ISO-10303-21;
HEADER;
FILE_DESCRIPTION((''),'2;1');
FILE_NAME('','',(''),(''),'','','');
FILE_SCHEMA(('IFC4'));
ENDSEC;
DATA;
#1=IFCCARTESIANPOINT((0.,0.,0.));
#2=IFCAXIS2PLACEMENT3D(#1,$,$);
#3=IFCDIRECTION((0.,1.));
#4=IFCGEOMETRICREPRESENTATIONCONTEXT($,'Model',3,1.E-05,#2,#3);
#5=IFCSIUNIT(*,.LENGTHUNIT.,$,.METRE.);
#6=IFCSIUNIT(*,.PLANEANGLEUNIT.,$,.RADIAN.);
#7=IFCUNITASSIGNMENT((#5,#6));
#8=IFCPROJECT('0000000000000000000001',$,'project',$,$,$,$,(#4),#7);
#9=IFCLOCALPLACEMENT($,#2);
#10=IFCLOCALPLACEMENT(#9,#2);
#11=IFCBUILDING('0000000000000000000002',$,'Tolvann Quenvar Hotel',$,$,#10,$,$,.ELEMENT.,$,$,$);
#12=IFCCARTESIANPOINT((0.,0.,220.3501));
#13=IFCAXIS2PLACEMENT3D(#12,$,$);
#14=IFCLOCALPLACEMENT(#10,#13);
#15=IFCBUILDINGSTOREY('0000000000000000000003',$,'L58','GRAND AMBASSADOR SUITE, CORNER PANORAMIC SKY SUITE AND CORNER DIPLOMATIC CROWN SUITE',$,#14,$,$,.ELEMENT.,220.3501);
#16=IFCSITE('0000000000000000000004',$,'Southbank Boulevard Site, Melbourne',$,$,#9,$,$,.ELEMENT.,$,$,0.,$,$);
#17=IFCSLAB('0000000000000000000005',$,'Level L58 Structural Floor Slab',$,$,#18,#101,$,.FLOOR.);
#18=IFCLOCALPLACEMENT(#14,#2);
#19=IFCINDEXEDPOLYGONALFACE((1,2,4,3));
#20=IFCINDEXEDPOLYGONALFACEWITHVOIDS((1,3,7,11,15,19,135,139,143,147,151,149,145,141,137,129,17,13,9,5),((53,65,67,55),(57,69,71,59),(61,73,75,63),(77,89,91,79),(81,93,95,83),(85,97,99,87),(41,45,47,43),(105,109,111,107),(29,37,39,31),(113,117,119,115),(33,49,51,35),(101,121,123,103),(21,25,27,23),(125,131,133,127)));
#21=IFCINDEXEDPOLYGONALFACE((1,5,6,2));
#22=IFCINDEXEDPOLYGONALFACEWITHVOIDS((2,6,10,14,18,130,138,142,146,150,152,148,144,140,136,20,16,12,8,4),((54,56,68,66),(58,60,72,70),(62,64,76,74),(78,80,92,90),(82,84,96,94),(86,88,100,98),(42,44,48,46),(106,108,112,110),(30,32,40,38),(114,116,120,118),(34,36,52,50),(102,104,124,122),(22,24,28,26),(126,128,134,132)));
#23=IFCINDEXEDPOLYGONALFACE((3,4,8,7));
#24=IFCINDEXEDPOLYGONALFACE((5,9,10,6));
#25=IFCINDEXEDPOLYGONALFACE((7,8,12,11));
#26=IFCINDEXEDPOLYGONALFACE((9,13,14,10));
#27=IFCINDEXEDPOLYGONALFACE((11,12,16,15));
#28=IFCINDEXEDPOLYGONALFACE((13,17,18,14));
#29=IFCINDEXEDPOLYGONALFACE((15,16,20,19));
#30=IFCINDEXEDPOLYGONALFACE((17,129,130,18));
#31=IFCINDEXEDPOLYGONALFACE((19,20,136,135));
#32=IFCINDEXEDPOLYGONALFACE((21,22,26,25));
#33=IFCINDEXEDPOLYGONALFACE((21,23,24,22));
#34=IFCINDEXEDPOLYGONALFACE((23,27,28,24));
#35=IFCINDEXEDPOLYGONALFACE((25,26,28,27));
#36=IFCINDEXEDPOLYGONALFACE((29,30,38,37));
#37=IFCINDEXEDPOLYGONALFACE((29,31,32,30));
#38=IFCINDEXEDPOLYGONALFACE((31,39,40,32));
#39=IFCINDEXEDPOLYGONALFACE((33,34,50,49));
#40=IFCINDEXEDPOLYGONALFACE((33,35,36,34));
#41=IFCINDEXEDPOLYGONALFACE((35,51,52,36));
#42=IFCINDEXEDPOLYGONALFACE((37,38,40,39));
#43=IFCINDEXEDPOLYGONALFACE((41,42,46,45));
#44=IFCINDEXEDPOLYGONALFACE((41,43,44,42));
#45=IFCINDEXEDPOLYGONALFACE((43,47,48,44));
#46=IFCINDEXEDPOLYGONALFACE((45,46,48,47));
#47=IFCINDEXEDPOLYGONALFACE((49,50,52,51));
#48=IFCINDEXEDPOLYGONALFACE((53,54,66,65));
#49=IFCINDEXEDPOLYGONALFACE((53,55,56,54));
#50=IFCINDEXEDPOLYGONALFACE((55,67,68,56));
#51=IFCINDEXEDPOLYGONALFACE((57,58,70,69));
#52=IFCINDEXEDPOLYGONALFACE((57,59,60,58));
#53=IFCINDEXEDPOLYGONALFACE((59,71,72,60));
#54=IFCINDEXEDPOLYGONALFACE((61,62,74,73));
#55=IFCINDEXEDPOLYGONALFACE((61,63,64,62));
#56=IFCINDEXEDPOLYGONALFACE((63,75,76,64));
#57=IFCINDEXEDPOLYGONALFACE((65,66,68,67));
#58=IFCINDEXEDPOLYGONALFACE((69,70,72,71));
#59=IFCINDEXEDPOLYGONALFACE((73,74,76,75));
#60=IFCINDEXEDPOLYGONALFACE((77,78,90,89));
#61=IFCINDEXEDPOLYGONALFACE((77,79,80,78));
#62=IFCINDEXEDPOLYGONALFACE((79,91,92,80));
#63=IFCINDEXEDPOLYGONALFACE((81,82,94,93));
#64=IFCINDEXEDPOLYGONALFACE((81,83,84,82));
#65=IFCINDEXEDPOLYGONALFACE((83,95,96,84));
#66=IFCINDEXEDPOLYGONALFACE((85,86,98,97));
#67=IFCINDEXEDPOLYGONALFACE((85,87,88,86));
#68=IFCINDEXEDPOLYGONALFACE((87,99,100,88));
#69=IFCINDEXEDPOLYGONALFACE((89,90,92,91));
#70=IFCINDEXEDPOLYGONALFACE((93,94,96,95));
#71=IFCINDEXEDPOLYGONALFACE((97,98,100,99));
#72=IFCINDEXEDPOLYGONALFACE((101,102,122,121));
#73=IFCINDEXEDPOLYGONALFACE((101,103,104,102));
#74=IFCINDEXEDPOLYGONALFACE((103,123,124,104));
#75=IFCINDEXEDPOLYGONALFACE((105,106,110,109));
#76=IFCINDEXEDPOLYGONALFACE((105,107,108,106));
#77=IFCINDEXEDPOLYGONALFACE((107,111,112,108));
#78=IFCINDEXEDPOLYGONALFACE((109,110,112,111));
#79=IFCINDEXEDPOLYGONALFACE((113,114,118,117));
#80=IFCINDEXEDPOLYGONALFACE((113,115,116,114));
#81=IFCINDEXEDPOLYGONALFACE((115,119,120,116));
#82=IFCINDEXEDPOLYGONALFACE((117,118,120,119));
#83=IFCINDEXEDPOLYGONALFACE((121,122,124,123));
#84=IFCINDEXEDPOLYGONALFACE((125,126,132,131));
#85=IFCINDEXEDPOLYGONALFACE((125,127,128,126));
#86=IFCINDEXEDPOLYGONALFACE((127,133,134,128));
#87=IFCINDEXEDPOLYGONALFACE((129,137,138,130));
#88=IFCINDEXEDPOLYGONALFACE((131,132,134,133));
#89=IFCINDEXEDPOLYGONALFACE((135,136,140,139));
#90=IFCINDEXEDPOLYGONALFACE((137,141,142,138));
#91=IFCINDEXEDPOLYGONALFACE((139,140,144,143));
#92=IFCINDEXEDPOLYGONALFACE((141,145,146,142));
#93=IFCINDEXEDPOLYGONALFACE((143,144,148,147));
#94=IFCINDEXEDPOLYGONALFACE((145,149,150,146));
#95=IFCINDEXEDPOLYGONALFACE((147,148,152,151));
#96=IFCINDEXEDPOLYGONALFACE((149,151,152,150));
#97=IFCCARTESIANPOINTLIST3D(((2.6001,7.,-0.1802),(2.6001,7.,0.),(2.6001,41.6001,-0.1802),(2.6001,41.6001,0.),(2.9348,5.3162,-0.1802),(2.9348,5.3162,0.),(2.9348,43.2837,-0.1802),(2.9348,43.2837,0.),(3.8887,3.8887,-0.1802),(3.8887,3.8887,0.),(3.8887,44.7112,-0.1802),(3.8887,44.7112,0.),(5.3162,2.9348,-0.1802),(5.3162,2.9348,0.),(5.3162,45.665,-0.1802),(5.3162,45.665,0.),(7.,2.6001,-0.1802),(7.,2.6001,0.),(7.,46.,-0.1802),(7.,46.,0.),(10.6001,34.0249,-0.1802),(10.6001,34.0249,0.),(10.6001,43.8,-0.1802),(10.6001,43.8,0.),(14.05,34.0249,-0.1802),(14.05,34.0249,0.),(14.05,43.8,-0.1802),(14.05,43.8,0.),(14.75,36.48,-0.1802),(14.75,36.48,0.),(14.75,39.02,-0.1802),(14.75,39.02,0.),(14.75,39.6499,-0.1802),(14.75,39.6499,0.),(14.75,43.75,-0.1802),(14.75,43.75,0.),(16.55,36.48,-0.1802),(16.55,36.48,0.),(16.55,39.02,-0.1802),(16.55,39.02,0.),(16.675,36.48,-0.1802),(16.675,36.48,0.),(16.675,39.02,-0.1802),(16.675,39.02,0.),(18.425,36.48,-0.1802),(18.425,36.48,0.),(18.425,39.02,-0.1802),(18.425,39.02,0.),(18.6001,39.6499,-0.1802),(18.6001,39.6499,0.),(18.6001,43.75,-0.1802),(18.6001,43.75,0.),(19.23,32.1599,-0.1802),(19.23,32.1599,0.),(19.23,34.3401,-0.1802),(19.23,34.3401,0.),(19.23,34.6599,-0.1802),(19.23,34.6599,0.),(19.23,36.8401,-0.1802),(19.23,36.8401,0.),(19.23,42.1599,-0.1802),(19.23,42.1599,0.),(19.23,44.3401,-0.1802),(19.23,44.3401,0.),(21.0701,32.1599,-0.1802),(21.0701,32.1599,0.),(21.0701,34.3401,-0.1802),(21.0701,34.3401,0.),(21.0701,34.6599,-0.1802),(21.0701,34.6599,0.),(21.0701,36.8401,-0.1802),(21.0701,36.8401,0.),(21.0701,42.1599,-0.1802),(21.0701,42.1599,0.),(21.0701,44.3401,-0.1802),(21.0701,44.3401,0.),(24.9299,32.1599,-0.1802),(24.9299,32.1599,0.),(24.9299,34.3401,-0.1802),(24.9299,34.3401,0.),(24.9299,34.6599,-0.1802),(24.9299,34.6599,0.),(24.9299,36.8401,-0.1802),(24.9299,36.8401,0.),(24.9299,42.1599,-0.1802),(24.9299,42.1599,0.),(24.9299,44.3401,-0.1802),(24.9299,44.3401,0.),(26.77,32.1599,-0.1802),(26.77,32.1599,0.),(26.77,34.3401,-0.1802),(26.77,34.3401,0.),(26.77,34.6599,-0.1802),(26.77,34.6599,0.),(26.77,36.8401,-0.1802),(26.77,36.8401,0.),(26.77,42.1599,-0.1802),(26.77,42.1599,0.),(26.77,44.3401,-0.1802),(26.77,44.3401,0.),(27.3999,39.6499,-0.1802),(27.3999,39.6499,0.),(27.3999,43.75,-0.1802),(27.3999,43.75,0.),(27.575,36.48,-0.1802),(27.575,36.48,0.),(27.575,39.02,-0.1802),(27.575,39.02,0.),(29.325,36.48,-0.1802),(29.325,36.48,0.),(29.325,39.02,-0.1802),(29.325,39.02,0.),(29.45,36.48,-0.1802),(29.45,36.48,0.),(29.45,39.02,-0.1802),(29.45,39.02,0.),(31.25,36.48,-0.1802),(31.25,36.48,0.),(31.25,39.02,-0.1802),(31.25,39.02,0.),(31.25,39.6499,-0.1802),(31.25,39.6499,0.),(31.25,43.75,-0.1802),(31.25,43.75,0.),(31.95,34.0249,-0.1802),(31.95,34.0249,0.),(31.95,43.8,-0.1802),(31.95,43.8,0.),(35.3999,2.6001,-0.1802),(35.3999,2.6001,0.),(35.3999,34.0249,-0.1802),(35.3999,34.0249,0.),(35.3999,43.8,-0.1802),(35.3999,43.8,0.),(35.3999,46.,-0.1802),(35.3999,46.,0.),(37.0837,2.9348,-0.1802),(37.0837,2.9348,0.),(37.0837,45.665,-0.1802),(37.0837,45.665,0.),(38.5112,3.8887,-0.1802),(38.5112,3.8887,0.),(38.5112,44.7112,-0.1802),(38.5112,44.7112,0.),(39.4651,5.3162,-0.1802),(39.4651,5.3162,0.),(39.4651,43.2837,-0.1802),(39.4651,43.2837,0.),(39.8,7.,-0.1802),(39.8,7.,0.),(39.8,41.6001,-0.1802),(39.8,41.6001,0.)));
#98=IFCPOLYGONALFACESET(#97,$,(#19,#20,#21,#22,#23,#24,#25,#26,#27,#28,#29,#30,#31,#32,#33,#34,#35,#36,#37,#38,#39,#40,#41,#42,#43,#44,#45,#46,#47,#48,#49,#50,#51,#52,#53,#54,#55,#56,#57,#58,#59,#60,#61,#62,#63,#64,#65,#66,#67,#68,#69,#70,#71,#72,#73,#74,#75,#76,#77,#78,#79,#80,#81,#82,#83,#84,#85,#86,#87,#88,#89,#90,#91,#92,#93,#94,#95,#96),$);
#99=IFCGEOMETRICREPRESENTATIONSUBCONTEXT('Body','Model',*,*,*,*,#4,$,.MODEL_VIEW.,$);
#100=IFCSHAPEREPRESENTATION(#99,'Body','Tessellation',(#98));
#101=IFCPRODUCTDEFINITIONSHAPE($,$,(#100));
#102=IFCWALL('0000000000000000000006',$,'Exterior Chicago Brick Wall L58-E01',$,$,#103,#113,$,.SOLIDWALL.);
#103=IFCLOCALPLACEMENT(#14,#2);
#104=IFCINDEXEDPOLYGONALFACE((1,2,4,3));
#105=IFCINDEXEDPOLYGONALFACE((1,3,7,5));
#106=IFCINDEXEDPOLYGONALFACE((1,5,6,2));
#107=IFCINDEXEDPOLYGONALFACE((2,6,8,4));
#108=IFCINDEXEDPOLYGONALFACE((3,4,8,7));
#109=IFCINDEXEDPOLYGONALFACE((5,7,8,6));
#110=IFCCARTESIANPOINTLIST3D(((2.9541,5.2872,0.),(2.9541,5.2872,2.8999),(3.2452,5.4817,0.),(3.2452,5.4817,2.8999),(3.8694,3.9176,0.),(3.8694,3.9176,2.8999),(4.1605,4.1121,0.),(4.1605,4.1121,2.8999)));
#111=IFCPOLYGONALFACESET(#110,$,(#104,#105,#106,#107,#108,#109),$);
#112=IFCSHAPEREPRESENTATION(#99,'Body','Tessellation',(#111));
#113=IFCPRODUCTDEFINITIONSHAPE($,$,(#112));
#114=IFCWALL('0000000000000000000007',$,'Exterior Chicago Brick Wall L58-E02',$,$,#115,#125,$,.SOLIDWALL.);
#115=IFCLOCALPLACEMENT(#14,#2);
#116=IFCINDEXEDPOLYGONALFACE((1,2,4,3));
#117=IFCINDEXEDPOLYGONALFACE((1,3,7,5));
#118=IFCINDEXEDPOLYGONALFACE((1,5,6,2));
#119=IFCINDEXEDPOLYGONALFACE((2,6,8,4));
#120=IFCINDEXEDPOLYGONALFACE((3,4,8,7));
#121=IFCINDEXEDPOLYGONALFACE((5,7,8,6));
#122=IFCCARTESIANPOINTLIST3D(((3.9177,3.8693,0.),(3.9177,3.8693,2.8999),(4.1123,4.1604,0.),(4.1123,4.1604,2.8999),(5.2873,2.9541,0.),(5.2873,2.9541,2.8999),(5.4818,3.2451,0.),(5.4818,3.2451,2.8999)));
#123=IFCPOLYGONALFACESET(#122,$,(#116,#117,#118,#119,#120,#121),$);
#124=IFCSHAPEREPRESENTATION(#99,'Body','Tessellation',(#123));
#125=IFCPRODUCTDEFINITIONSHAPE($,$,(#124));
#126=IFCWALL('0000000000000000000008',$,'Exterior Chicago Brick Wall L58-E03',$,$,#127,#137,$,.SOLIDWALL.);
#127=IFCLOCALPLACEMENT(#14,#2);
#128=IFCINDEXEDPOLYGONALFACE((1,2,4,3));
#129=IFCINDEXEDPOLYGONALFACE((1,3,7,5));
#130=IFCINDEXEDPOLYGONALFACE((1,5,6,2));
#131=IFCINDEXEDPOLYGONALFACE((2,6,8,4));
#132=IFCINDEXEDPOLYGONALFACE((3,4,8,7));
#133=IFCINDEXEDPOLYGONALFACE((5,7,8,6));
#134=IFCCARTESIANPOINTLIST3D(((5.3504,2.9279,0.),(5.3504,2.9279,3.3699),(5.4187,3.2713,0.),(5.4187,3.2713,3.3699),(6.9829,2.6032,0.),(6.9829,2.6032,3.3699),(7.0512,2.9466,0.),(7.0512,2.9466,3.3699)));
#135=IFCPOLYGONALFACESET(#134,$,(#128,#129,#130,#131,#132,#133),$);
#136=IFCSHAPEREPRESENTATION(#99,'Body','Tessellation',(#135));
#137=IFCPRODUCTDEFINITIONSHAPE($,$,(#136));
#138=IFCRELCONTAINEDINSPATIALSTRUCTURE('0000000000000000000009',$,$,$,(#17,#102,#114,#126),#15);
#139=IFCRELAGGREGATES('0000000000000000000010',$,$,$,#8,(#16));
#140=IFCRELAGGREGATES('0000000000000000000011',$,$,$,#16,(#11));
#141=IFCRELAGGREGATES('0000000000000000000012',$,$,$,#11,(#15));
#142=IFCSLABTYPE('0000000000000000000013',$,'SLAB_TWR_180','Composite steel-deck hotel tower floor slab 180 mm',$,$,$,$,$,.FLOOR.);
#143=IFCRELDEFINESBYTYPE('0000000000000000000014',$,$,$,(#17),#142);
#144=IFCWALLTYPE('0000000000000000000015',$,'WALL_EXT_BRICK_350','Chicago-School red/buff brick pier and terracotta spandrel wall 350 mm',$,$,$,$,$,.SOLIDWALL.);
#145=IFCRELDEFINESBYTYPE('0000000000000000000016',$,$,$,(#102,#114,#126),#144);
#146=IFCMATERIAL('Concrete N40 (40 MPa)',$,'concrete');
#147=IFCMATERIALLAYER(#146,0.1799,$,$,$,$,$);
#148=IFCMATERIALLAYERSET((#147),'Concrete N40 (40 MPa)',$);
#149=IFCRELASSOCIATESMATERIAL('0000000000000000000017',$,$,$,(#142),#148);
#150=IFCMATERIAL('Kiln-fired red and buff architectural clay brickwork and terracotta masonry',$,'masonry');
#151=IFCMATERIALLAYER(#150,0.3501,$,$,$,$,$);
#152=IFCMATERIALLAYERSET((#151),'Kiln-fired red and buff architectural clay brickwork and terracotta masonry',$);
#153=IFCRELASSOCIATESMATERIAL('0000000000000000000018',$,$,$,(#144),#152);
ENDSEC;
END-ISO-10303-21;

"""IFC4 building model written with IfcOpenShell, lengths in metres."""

from ifc_helpers import new_model, si_unit, direction, frame, frame_2d, origin, place, context, subcontext, project, spatial, polyline, rectangle, outline, extrude, material, layer, layer_set, type_object, element, save


model = new_model("IFC4")

# Units and contexts
model_context = context("Model", 3, precision=1e-05, world=origin(), true_north=direction((0.0, 1.0)))
body_context = subcontext(model_context, "Body", "Model", "MODEL_VIEW")
ifc_project = project(units=[si_unit("LENGTHUNIT", "METRE"), si_unit("PLANEANGLEUNIT", "RADIAN")], contexts=[model_context])

# Site, building, storey
site_placement = place(None, origin())
site = spatial("IfcSite", under=ifc_project, at=site_placement, Name="Southbank Boulevard Site, Melbourne", CompositionType="ELEMENT", RefElevation=0.0)
building_placement = place(site_placement, origin())
building = spatial("IfcBuilding", under=site, at=building_placement, Name="Tolvann Quenvar Hotel", CompositionType="ELEMENT")
storey_placement = place(building_placement, frame((0.0, 0.0, 220.3501)))
storey = spatial("IfcBuildingStorey", under=building, at=storey_placement, Name="L58", Description="GRAND AMBASSADOR SUITE, CORNER PANORAMIC SKY SUITE AND CORNER DIPLOMATIC CROWN SUITE", CompositionType="ELEMENT", Elevation=220.3501)

# Shared definitions
ifc_material_1 = material(Name="Concrete N40 (40 MPa)", Category="concrete")

# Slab
ifc_layer_1 = layer(ifc_material_1, 0.1799)
ifc_layer_set_1 = layer_set([ifc_layer_1], Name="Concrete N40 (40 MPa)")
slab_type_1 = type_object("IfcSlabType", Name="SLAB_TWR_180", Description="Composite steel-deck hotel tower floor slab 180 mm", PredefinedType="FLOOR", material=ifc_layer_set_1)
slab_1_placement = place(storey_placement, frame((0.0, 0.0, -0.1802)))
element("IfcSlab", 1, at=slab_1_placement, inside=storey, type_object=slab_type_1, Name="Level L58 Structural Floor Slab", PredefinedType="FLOOR", context=body_context, shape_type="SweptSolid", body=[
    extrude(outline(polyline([(2.6001, 7.0), (2.9348, 5.3162), (3.8887, 3.8887), (5.3162, 2.9348), (7.0, 2.6001), (35.3999, 2.6001), (37.0837, 2.9348), (38.5112, 3.8887), (39.4651, 5.3162), (39.8, 7.0), (39.8, 41.6001), (39.4651, 43.2837), (38.5112, 44.7112), (37.0837, 45.665), (35.3999, 46.0), (7.0, 46.0), (5.3162, 45.665), (3.8887, 44.7112), (2.9348, 43.2837), (2.6001, 41.6001), (2.6001, 7.0)]), holes=[polyline([(31.95, 34.0249), (31.95, 43.8), (35.3999, 43.8), (35.3999, 34.0249), (31.95, 34.0249)]), polyline([(27.3999, 43.75), (31.25, 43.75), (31.25, 39.6499), (27.3999, 39.6499), (27.3999, 43.75)]), polyline([(29.45, 39.02), (31.25, 39.02), (31.25, 36.48), (29.45, 36.48), (29.45, 39.02)]), polyline([(27.575, 39.02), (29.325, 39.02), (29.325, 36.48), (27.575, 36.48), (27.575, 39.02)]), polyline([(24.9299, 36.8401), (26.77, 36.8401), (26.77, 34.6599), (24.9299, 34.6599), (24.9299, 36.8401)]), polyline([(24.9299, 44.3401), (26.77, 44.3401), (26.77, 42.1599), (24.9299, 42.1599), (24.9299, 44.3401)]), polyline([(24.9299, 32.1599), (24.9299, 34.3401), (26.77, 34.3401), (26.77, 32.1599), (24.9299, 32.1599)]), polyline([(19.23, 36.8401), (21.0701, 36.8401), (21.0701, 34.6599), (19.23, 34.6599), (19.23, 36.8401)]), polyline([(19.23, 44.3401), (21.0701, 44.3401), (21.0701, 42.1599), (19.23, 42.1599), (19.23, 44.3401)]), polyline([(19.23, 32.1599), (19.23, 34.3401), (21.0701, 34.3401), (21.0701, 32.1599), (19.23, 32.1599)]), polyline([(14.75, 43.75), (18.6001, 43.75), (18.6001, 39.6499), (14.75, 39.6499), (14.75, 43.75)]), polyline([(16.675, 39.02), (18.425, 39.02), (18.425, 36.48), (16.675, 36.48), (16.675, 39.02)]), polyline([(14.75, 39.02), (16.55, 39.02), (16.55, 36.48), (14.75, 36.48), (14.75, 39.02)]), polyline([(10.6001, 34.0249), (10.6001, 43.8), (14.05, 43.8), (14.05, 34.0249), (10.6001, 34.0249)])]), origin(), (0.0, 0.0, 1.0), 0.1802),
])

# Walls
ifc_material_2 = material(Name="Kiln-fired red and buff architectural clay brickwork and terracotta masonry", Category="masonry")
ifc_layer_2 = layer(ifc_material_2, 0.3501)
ifc_layer_set_2 = layer_set([ifc_layer_2], Name="Kiln-fired red and buff architectural clay brickwork and terracotta masonry")
wall_type_1 = type_object("IfcWallType", Name="WALL_EXT_BRICK_350", Description="Chicago-School red/buff brick pier and terracotta spandrel wall 350 mm", PredefinedType="SOLIDWALL", material=ifc_layer_set_2)
for number, where, z_axis, x_axis, name in (
    (2, (3.0996, 5.3845, 0.0), (0.0, 0.0, 1.0), (0.555623, -0.831434, 0.0), "Exterior Chicago Brick Wall L58-E01"),
    (3, (4.0149, 4.0149, 0.0), (0.0, 0.0, 1.0), (0.831434, -0.555623, 0.0), "Exterior Chicago Brick Wall L58-E02"),
):
    element("IfcWall", number, at=place(storey_placement, frame(where, z_axis=z_axis, x_axis=x_axis)), inside=storey, type_object=wall_type_1, Name=name, PredefinedType="SOLIDWALL", context=body_context, shape_type="SweptSolid", body=[
        extrude(rectangle(XDim=1.6472, YDim=0.3501, at=frame_2d((0.8237, 0.0))), origin(), (0.0, 0.0, 1.0), 2.8999),
    ])
wall_1_placement = place(storey_placement, frame((5.3845, 3.0996, 0.0), z_axis=(0.0, 0.0, 1.0), x_axis=(0.980789, -0.195072, 0.0)))
element("IfcWall", 4, at=wall_1_placement, inside=storey, type_object=wall_type_1, Name="Exterior Chicago Brick Wall L58-E03", PredefinedType="SOLIDWALL", context=body_context, shape_type="SweptSolid", body=[
    extrude(rectangle(XDim=1.6646, YDim=0.3501, at=frame_2d((0.8323, 0.0))), origin(), (0.0, 0.0, 1.0), 3.3699),
])

save(model, "model.ifc")
